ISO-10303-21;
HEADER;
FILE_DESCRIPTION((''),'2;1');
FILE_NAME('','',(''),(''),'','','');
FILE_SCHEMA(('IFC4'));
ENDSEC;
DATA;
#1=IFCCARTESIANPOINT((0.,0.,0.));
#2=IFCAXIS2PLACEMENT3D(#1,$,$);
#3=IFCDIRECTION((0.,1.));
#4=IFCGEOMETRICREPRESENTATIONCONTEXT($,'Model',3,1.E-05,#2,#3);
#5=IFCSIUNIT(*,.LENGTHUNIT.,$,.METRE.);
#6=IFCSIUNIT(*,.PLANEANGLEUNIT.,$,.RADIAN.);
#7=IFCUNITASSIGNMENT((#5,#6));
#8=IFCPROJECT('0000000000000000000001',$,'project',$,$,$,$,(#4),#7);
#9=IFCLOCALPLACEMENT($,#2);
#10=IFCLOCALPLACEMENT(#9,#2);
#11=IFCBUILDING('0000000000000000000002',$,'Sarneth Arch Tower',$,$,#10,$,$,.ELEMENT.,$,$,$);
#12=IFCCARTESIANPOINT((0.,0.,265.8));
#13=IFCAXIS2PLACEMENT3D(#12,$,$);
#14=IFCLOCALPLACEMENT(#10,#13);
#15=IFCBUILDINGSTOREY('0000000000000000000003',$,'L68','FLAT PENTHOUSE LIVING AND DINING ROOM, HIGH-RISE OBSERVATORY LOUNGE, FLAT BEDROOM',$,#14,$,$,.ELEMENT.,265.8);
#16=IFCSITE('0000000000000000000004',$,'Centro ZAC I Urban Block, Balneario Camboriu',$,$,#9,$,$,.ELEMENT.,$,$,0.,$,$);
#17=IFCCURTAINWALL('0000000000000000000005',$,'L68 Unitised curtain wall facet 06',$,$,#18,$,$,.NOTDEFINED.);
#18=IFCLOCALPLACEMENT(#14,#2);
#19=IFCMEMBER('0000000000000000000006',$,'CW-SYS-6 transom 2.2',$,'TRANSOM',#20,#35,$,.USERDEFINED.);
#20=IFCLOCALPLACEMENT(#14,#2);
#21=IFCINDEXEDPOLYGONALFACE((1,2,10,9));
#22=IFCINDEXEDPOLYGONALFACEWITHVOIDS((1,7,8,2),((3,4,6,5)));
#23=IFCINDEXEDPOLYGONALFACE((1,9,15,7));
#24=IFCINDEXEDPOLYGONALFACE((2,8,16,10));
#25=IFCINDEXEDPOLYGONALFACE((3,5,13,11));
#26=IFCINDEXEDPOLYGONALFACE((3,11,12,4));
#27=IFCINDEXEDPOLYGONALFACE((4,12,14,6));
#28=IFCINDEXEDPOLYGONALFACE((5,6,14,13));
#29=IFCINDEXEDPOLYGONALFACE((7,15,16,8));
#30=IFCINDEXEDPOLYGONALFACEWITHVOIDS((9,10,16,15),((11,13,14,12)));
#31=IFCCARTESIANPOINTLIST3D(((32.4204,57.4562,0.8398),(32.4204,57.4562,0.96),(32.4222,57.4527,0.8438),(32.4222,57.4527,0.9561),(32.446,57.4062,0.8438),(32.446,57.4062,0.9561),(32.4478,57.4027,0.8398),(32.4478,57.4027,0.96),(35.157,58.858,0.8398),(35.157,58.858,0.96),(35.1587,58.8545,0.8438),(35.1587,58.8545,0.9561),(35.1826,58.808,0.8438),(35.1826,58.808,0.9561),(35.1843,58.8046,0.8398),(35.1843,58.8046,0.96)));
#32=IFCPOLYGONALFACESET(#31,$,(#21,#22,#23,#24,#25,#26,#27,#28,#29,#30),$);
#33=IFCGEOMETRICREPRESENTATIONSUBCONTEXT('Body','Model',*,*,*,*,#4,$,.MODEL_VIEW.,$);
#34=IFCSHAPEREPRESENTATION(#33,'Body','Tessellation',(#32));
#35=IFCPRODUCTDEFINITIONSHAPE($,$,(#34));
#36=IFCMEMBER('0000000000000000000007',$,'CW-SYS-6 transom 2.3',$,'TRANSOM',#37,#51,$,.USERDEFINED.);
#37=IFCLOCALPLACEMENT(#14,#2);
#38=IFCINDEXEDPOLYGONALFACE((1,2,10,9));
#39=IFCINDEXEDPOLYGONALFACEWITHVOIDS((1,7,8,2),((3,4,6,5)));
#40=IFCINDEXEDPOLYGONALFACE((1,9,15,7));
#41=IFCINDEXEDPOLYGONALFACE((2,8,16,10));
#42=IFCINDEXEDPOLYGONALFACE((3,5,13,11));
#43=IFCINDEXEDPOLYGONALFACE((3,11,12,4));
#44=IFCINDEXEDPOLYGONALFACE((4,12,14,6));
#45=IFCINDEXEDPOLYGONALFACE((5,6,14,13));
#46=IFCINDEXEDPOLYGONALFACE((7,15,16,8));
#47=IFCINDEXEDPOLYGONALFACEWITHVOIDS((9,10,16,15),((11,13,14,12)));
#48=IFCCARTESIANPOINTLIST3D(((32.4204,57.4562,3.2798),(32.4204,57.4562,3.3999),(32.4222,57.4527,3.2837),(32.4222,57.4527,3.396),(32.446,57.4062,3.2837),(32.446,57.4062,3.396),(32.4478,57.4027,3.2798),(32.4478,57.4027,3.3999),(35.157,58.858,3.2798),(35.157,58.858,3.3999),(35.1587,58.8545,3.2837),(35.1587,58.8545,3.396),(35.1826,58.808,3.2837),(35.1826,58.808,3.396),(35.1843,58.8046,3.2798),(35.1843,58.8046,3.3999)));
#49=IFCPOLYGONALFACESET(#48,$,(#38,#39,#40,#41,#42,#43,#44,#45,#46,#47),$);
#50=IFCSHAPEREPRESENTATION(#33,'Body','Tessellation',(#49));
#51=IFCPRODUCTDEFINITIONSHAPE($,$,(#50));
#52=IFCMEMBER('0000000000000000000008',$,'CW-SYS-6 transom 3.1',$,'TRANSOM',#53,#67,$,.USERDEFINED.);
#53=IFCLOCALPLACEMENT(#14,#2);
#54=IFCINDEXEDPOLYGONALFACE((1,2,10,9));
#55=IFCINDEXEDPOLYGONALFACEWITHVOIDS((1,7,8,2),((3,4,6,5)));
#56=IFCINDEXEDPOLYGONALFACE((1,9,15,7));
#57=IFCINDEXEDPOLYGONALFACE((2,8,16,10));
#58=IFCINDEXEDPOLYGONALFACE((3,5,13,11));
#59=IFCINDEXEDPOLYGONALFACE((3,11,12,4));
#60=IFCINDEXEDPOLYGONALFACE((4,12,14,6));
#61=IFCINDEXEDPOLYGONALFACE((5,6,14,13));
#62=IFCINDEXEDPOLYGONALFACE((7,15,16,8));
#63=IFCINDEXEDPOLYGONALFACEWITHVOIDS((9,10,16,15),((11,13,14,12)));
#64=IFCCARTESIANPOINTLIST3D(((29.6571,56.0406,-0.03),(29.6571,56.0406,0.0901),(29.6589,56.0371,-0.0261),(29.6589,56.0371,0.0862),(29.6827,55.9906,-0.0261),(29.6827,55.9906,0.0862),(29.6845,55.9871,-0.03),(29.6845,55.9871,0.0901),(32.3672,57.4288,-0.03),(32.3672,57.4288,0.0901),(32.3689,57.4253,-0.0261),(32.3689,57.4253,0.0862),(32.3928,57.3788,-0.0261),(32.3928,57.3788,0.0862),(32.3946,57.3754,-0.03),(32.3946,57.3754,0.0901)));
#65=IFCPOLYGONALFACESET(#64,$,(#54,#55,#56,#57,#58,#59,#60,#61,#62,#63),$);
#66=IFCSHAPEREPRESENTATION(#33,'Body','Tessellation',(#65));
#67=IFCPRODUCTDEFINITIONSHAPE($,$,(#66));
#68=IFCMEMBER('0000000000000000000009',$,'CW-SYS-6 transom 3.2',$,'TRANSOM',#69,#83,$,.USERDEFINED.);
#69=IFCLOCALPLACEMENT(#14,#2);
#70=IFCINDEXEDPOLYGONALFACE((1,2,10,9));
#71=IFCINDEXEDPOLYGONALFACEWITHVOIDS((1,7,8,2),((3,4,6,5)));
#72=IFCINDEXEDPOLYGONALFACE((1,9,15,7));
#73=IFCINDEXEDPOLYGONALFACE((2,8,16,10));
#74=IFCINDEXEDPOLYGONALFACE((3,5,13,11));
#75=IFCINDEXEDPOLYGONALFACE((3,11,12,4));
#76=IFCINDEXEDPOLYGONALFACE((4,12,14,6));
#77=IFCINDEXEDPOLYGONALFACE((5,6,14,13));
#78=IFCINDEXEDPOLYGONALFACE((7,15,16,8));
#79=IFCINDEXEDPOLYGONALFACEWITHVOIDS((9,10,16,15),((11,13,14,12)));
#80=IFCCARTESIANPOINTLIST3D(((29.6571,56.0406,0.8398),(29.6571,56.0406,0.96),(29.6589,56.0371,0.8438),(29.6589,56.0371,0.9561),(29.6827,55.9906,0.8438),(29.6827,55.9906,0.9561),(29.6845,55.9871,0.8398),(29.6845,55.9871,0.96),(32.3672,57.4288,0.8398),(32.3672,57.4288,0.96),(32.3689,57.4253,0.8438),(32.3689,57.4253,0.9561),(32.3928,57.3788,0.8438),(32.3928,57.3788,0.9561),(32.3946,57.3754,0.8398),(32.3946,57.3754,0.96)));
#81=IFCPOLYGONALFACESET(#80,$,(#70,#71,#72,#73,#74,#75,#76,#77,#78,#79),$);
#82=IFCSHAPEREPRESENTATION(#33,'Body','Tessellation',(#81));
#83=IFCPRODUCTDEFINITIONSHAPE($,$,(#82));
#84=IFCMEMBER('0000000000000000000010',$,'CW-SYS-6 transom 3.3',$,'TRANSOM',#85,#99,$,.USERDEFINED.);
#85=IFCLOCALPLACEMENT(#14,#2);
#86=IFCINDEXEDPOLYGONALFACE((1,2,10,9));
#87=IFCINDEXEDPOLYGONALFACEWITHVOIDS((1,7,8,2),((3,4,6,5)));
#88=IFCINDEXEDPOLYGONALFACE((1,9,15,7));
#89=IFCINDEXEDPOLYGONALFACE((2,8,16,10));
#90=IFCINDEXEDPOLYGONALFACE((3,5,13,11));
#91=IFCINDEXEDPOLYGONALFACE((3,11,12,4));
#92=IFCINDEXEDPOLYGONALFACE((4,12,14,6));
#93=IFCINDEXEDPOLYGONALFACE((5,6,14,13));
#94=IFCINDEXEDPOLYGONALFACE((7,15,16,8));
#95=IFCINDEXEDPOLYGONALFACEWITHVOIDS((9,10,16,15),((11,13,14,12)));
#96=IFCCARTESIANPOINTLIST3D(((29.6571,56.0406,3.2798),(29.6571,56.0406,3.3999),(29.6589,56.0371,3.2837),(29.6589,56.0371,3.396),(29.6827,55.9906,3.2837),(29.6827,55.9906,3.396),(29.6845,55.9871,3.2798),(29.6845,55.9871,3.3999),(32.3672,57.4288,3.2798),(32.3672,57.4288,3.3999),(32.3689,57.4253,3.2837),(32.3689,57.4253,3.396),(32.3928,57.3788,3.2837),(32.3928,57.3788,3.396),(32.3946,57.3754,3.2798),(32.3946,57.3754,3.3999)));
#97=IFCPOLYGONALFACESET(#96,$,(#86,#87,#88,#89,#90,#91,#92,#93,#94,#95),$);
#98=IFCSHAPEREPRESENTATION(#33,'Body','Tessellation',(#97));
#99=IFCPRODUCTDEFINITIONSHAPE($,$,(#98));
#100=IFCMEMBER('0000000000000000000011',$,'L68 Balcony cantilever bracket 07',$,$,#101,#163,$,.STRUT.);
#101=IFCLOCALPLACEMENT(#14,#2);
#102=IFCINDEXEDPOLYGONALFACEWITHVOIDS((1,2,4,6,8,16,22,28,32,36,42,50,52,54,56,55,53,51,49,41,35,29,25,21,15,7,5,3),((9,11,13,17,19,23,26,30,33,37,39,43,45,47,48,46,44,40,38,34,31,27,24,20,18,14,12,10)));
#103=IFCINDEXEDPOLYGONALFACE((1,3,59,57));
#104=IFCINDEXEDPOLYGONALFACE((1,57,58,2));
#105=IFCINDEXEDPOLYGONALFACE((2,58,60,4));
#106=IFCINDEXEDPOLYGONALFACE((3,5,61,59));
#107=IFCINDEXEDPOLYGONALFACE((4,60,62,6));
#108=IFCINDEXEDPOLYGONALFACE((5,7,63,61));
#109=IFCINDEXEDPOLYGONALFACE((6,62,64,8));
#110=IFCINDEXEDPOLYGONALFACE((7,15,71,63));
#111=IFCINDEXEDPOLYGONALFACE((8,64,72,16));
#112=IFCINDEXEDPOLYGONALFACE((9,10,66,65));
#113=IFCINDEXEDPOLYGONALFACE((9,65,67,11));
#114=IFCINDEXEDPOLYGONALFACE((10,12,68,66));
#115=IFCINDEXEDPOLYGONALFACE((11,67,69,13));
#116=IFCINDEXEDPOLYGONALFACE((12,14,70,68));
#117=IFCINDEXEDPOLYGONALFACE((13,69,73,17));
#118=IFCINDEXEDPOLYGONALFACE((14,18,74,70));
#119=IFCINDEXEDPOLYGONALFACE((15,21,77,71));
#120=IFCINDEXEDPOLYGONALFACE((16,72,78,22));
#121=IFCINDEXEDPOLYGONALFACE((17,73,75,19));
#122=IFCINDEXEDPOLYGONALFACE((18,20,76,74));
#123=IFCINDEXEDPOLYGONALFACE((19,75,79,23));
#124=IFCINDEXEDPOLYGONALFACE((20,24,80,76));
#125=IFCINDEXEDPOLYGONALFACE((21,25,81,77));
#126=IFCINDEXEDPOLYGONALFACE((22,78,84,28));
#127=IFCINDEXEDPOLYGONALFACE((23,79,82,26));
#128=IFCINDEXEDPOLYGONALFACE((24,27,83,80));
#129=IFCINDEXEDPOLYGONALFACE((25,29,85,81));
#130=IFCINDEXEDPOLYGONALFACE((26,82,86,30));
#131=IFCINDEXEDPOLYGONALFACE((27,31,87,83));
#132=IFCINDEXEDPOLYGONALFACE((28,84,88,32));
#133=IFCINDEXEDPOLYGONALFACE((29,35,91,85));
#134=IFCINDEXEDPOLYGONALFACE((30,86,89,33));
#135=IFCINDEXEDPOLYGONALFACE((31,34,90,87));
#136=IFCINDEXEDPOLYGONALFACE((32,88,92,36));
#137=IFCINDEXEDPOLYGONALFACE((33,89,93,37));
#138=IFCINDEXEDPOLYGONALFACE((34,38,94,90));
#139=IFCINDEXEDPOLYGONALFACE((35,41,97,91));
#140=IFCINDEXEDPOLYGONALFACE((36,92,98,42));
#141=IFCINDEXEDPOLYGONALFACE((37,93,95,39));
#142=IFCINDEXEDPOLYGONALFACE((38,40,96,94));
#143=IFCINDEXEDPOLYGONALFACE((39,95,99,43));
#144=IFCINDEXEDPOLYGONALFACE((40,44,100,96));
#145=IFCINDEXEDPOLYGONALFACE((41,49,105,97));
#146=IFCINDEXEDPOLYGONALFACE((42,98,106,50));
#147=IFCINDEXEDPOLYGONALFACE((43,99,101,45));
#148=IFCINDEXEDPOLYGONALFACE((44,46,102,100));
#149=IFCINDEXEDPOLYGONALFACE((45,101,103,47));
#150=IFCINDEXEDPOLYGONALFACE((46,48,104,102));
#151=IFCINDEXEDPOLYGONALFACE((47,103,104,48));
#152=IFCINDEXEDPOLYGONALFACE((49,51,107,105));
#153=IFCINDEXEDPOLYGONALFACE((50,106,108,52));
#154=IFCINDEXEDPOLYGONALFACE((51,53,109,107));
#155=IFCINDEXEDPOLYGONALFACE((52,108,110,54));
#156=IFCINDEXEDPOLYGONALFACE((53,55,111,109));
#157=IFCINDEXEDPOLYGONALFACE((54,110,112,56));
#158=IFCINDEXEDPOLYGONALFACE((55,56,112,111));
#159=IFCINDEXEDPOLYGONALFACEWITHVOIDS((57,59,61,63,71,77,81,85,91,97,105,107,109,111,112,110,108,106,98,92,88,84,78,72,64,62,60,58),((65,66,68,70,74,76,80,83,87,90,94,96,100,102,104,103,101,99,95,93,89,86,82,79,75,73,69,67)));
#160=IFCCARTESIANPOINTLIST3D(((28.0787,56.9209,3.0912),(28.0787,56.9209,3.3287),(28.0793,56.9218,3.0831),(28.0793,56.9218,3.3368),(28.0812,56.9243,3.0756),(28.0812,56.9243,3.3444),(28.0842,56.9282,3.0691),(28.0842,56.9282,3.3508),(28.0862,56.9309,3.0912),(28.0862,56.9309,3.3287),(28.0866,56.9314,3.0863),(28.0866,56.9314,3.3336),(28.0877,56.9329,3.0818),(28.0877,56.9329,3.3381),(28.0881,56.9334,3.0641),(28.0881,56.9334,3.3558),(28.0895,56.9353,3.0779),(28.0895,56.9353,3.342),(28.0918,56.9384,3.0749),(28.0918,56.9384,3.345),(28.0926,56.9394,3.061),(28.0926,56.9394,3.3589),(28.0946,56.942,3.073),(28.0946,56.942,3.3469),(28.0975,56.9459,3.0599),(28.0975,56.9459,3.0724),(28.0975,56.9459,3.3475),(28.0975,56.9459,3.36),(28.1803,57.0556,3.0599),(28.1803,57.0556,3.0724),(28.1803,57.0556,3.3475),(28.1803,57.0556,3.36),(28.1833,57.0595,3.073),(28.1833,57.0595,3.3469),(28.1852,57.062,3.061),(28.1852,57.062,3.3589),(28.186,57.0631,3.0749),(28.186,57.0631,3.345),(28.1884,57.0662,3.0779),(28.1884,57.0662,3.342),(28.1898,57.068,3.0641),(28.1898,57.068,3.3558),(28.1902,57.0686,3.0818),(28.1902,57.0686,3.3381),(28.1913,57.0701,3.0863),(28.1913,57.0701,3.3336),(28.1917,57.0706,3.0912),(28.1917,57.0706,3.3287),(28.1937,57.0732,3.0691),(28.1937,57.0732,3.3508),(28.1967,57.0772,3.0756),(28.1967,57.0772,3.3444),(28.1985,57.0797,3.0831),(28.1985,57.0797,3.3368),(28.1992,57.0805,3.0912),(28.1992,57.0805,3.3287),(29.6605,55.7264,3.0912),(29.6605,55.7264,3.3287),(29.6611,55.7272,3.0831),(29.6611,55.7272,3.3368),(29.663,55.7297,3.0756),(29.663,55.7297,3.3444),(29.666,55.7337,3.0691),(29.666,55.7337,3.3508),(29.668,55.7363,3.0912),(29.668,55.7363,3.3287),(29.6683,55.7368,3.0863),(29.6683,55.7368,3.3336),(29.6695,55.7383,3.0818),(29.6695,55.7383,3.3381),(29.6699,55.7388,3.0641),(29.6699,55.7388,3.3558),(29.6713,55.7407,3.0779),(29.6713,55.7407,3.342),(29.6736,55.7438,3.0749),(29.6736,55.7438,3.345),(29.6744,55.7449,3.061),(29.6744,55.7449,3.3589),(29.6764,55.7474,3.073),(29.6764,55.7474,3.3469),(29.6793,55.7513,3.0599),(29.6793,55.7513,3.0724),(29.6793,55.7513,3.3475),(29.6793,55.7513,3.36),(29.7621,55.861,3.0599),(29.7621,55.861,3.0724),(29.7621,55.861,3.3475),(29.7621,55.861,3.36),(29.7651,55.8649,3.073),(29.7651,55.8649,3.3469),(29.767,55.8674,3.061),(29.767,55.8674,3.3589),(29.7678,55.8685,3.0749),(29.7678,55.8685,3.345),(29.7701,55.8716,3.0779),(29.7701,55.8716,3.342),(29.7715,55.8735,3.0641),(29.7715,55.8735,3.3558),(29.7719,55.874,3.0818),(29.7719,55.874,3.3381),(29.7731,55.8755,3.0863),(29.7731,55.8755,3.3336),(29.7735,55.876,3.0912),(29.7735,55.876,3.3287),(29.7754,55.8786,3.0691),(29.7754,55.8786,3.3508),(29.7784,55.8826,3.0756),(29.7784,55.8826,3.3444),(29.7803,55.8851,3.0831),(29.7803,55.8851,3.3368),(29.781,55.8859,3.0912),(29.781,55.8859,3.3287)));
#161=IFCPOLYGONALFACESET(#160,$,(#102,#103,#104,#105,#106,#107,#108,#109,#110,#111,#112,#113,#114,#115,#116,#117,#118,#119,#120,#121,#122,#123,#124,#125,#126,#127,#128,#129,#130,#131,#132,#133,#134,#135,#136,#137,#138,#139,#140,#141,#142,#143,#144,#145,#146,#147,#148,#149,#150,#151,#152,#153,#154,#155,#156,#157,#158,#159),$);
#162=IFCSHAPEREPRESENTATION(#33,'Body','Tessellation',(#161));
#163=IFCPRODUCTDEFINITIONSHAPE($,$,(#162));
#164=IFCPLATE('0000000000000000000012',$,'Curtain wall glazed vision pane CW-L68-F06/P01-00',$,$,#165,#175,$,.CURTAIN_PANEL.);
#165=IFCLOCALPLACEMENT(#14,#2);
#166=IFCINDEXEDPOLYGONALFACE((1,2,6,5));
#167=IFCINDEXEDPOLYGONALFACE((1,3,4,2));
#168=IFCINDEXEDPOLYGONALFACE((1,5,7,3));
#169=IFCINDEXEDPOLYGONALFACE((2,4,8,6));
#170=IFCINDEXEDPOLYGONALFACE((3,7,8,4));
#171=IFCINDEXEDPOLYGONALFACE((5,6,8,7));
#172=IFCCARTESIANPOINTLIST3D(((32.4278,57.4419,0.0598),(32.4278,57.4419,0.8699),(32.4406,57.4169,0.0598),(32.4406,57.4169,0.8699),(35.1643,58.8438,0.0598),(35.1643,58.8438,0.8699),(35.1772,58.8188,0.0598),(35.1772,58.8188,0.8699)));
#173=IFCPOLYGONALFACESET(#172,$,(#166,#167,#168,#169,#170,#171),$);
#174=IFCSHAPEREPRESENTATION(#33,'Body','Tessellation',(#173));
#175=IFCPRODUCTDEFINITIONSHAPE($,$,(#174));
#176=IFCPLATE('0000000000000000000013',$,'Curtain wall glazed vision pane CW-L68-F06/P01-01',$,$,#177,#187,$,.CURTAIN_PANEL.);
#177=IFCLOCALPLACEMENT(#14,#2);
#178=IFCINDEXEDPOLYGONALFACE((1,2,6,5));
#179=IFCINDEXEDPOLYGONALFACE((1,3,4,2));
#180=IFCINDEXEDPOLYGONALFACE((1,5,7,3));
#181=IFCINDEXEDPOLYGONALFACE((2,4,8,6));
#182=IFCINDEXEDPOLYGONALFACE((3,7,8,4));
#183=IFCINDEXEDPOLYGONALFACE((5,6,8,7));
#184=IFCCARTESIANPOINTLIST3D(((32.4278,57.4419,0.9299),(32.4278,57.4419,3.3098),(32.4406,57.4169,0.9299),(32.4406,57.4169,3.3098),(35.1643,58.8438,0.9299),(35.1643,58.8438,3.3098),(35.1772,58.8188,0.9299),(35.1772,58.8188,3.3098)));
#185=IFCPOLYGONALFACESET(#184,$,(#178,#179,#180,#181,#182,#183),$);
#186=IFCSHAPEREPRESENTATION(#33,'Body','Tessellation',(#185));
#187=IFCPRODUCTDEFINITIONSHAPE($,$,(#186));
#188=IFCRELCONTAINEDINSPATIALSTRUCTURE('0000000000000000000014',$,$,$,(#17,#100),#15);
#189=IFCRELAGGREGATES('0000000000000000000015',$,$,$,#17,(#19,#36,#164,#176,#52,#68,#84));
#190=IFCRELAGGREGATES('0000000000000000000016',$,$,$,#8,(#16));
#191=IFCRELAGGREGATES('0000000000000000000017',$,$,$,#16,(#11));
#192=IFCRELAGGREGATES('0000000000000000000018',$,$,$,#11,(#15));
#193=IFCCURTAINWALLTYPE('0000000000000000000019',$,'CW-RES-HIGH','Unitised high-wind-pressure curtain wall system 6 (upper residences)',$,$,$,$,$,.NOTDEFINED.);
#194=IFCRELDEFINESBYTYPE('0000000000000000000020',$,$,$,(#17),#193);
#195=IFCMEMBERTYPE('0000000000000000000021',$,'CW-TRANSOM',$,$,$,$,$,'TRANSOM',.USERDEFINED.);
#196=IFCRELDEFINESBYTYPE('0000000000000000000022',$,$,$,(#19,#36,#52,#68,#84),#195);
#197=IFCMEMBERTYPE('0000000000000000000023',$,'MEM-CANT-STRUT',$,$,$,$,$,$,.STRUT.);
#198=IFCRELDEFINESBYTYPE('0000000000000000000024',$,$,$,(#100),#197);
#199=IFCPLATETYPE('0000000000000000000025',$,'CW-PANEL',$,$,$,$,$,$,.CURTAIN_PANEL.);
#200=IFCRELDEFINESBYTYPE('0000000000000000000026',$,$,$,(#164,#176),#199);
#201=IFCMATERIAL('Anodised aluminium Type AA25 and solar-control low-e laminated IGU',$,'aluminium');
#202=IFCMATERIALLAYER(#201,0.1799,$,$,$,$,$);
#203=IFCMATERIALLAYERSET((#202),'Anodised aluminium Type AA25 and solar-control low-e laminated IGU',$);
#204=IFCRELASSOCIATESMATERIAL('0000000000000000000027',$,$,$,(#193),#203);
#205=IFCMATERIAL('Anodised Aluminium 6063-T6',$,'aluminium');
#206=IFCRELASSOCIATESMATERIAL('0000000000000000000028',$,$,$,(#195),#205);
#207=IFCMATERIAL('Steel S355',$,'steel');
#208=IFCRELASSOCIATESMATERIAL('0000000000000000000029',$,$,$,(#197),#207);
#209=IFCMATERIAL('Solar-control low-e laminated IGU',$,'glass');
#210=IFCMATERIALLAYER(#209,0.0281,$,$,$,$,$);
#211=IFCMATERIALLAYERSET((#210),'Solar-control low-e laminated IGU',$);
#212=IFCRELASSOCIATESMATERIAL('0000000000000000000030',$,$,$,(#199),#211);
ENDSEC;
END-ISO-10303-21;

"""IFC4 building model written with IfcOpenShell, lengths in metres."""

from ifc_helpers import new_model, si_unit, direction, frame, origin, origin_2d, place, context, subcontext, project, spatial, rectangle, hollow_rectangle, extrude, material, layer, layer_set, material_profile, profile_set, type_object, element, aggregate, save


model = new_model("IFC4")

# Units and contexts
model_context = context("Model", 3, precision=1e-05, world=origin(), true_north=direction((0.0, 1.0)))
body_context = subcontext(model_context, "Body", "Model", "MODEL_VIEW")
ifc_project = project(units=[si_unit("LENGTHUNIT", "METRE"), si_unit("PLANEANGLEUNIT", "RADIAN")], contexts=[model_context])

# Site, building, storey
site_placement = place(None, origin())
site = spatial("IfcSite", under=ifc_project, at=site_placement, Name="Centro ZAC I Urban Block, Balneario Camboriu", CompositionType="ELEMENT", RefElevation=0.0)
building_placement = place(site_placement, origin())
building = spatial("IfcBuilding", under=site, at=building_placement, Name="Sarneth Arch Tower", CompositionType="ELEMENT")
storey_placement = place(building_placement, frame((0.0, 0.0, 265.8)))
storey = spatial("IfcBuildingStorey", under=building, at=storey_placement, Name="L68", Description="FLAT PENTHOUSE LIVING AND DINING ROOM, HIGH-RISE OBSERVATORY LOUNGE, FLAT BEDROOM", CompositionType="ELEMENT", Elevation=265.8)

# Curtain wall, members
ifc_material_1 = material(Name="Anodised aluminium Type AA25 and solar-control low-e laminated IGU", Category="aluminium")
ifc_layer_1 = layer(ifc_material_1, 0.1799)
ifc_layer_set_1 = layer_set([ifc_layer_1], Name="Anodised aluminium Type AA25 and solar-control low-e laminated IGU")
curtain_wall_type = type_object("IfcCurtainWallType", Name="CW-RES-HIGH", Description="Unitised high-wind-pressure curtain wall system 6 (upper residences)", PredefinedType="NOTDEFINED", material=ifc_layer_set_1)
curtain_wall_placement = place(storey_placement, origin())
curtain_wall = element("IfcCurtainWall", 1, at=curtain_wall_placement, inside=storey, type_object=curtain_wall_type, Name="L68 Unitised curtain wall facet 06", PredefinedType="NOTDEFINED")
ifc_material_2 = material(Name="Anodised Aluminium 6063-T6", Category="aluminium")
ifc_material_profile_1 = material_profile(ifc_material_2, hollow_rectangle(XDim=0.0601, YDim=0.1201, WallThickness=0.0039, at=origin_2d()), Name="AL-TRAN-120x60x4")
ifc_profile_set_1 = profile_set([ifc_material_profile_1], Name="Anodised Aluminium 6063-T6")
member_type_1 = type_object("IfcMemberType", Name="CW-TRANSOM", ElementType="TRANSOM", PredefinedType="USERDEFINED", material=ifc_profile_set_1)
member_1_placement = place(storey_placement, frame((35.1707, 58.8313, 0.8999), z_axis=(-0.890017, -0.455926, 0.0), x_axis=(0.455926, -0.890017, 0.0)))
member_1 = element("IfcMember", 2, at=member_1_placement, type_object=member_type_1, Name="CW-SYS-6 transom 2.2", ObjectType="TRANSOM", PredefinedType="USERDEFINED", context=body_context, shape_type="SweptSolid", body=[
    extrude(hollow_rectangle(XDim=0.0601, YDim=0.1201, WallThickness=0.0039, at=origin_2d()), origin(), (0.0, 0.0, 1.0), 3.0747),
])
member_2_placement = place(storey_placement, frame((35.1707, 58.8313, 3.3398), z_axis=(-0.890017, -0.455926, 0.0), x_axis=(0.455926, -0.890017, 0.0)))
member_2 = element("IfcMember", 3, at=member_2_placement, type_object=member_type_1, Name="CW-SYS-6 transom 2.3", ObjectType="TRANSOM", PredefinedType="USERDEFINED", context=body_context, shape_type="SweptSolid", body=[
    extrude(hollow_rectangle(XDim=0.0601, YDim=0.1201, WallThickness=0.0039, at=origin_2d()), origin(), (0.0, 0.0, 1.0), 3.0747),
])
member_3_placement = place(storey_placement, frame((32.3809, 57.4021, 0.03), z_axis=(-0.890023, -0.455916, 0.0), x_axis=(0.455916, -0.890023, 0.0)))
member_3 = element("IfcMember", 4, at=member_3_placement, type_object=member_type_1, Name="CW-SYS-6 transom 3.1", ObjectType="TRANSOM", PredefinedType="USERDEFINED", context=body_context, shape_type="SweptSolid", body=[
    extrude(hollow_rectangle(XDim=0.0601, YDim=0.1201, WallThickness=0.0039, at=origin_2d()), origin(), (0.0, 0.0, 1.0), 3.0449),
])
member_4_placement = place(storey_placement, frame((32.3809, 57.4021, 0.8999), z_axis=(-0.890023, -0.455916, 0.0), x_axis=(0.455916, -0.890023, 0.0)))
member_4 = element("IfcMember", 5, at=member_4_placement, type_object=member_type_1, Name="CW-SYS-6 transom 3.2", ObjectType="TRANSOM", PredefinedType="USERDEFINED", context=body_context, shape_type="SweptSolid", body=[
    extrude(hollow_rectangle(XDim=0.0601, YDim=0.1201, WallThickness=0.0039, at=origin_2d()), origin(), (0.0, 0.0, 1.0), 3.0449),
])
member_5_placement = place(storey_placement, frame((32.3809, 57.4021, 3.3398), z_axis=(-0.890023, -0.455916, 0.0), x_axis=(0.455916, -0.890023, 0.0)))
member_5 = element("IfcMember", 6, at=member_5_placement, type_object=member_type_1, Name="CW-SYS-6 transom 3.3", ObjectType="TRANSOM", PredefinedType="USERDEFINED", context=body_context, shape_type="SweptSolid", body=[
    extrude(hollow_rectangle(XDim=0.0601, YDim=0.1201, WallThickness=0.0039, at=origin_2d()), origin(), (0.0, 0.0, 1.0), 3.0449),
])

# Member
ifc_material_3 = material(Name="Steel S355", Category="steel")
ifc_material_profile_2 = material_profile(ifc_material_3, hollow_rectangle(XDim=0.2, YDim=0.3, WallThickness=0.0125, InnerFilletRadius=0.0188, OuterFilletRadius=0.0312, at=origin_2d()), Name="RHS300x200x12.5")
ifc_profile_set_2 = profile_set([ifc_material_profile_2], Name="Steel S355")
member_type_2 = type_object("IfcMemberType", Name="MEM-CANT-STRUT", PredefinedType="STRUT", material=ifc_profile_set_2)
member_6_placement = place(storey_placement, frame((29.7207, 55.8062, 3.21), z_axis=(-0.798, 0.602657, 0.0), x_axis=(-0.602657, -0.798, 0.0)))
element("IfcMember", 7, at=member_6_placement, inside=storey, type_object=member_type_2, Name="L68 Balcony cantilever bracket 07", PredefinedType="STRUT", context=body_context, shape_type="SweptSolid", body=[
    extrude(hollow_rectangle(XDim=0.2, YDim=0.3, WallThickness=0.0125, InnerFilletRadius=0.0188, OuterFilletRadius=0.0312, at=origin_2d()), origin(), (0.0, 0.0, 1.0), 1.9822),
])

# Plates
ifc_material_4 = material(Name="Solar-control low-e laminated IGU", Category="glass")
ifc_layer_2 = layer(ifc_material_4, 0.0281)
ifc_layer_set_2 = layer_set([ifc_layer_2], Name="Solar-control low-e laminated IGU")
plate_type_1 = type_object("IfcPlateType", Name="CW-PANEL", PredefinedType="CURTAIN_PANEL", material=ifc_layer_set_2)
plate_1_placement = place(storey_placement, frame((33.8025, 58.1304, 0.0598), z_axis=(0.0, 0.0, 1.0), x_axis=(-0.89001, -0.455942, 0.0)))
plate_1 = element("IfcPlate", 8, at=plate_1_placement, type_object=plate_type_1, Name="Curtain wall glazed vision pane CW-L68-F06/P01-00", PredefinedType="CURTAIN_PANEL", context=body_context, shape_type="SweptSolid", body=[
    extrude(rectangle(XDim=3.0747, YDim=0.0281, at=origin_2d()), origin(), (0.0, 0.0, 1.0), 0.8101),
])
plate_2_placement = place(storey_placement, frame((33.8025, 58.1304, 0.9299), z_axis=(0.0, 0.0, 1.0), x_axis=(-0.89001, -0.455942, 0.0)))
plate_2 = element("IfcPlate", 9, at=plate_2_placement, type_object=plate_type_1, Name="Curtain wall glazed vision pane CW-L68-F06/P01-01", PredefinedType="CURTAIN_PANEL", context=body_context, shape_type="SweptSolid", body=[
    extrude(rectangle(XDim=3.0747, YDim=0.0281, at=origin_2d()), origin(), (0.0, 0.0, 1.0), 2.3799),
])
aggregate(curtain_wall, [member_1, member_2, plate_1, plate_2, member_3, member_4, member_5])

save(model, "model.ifc")
